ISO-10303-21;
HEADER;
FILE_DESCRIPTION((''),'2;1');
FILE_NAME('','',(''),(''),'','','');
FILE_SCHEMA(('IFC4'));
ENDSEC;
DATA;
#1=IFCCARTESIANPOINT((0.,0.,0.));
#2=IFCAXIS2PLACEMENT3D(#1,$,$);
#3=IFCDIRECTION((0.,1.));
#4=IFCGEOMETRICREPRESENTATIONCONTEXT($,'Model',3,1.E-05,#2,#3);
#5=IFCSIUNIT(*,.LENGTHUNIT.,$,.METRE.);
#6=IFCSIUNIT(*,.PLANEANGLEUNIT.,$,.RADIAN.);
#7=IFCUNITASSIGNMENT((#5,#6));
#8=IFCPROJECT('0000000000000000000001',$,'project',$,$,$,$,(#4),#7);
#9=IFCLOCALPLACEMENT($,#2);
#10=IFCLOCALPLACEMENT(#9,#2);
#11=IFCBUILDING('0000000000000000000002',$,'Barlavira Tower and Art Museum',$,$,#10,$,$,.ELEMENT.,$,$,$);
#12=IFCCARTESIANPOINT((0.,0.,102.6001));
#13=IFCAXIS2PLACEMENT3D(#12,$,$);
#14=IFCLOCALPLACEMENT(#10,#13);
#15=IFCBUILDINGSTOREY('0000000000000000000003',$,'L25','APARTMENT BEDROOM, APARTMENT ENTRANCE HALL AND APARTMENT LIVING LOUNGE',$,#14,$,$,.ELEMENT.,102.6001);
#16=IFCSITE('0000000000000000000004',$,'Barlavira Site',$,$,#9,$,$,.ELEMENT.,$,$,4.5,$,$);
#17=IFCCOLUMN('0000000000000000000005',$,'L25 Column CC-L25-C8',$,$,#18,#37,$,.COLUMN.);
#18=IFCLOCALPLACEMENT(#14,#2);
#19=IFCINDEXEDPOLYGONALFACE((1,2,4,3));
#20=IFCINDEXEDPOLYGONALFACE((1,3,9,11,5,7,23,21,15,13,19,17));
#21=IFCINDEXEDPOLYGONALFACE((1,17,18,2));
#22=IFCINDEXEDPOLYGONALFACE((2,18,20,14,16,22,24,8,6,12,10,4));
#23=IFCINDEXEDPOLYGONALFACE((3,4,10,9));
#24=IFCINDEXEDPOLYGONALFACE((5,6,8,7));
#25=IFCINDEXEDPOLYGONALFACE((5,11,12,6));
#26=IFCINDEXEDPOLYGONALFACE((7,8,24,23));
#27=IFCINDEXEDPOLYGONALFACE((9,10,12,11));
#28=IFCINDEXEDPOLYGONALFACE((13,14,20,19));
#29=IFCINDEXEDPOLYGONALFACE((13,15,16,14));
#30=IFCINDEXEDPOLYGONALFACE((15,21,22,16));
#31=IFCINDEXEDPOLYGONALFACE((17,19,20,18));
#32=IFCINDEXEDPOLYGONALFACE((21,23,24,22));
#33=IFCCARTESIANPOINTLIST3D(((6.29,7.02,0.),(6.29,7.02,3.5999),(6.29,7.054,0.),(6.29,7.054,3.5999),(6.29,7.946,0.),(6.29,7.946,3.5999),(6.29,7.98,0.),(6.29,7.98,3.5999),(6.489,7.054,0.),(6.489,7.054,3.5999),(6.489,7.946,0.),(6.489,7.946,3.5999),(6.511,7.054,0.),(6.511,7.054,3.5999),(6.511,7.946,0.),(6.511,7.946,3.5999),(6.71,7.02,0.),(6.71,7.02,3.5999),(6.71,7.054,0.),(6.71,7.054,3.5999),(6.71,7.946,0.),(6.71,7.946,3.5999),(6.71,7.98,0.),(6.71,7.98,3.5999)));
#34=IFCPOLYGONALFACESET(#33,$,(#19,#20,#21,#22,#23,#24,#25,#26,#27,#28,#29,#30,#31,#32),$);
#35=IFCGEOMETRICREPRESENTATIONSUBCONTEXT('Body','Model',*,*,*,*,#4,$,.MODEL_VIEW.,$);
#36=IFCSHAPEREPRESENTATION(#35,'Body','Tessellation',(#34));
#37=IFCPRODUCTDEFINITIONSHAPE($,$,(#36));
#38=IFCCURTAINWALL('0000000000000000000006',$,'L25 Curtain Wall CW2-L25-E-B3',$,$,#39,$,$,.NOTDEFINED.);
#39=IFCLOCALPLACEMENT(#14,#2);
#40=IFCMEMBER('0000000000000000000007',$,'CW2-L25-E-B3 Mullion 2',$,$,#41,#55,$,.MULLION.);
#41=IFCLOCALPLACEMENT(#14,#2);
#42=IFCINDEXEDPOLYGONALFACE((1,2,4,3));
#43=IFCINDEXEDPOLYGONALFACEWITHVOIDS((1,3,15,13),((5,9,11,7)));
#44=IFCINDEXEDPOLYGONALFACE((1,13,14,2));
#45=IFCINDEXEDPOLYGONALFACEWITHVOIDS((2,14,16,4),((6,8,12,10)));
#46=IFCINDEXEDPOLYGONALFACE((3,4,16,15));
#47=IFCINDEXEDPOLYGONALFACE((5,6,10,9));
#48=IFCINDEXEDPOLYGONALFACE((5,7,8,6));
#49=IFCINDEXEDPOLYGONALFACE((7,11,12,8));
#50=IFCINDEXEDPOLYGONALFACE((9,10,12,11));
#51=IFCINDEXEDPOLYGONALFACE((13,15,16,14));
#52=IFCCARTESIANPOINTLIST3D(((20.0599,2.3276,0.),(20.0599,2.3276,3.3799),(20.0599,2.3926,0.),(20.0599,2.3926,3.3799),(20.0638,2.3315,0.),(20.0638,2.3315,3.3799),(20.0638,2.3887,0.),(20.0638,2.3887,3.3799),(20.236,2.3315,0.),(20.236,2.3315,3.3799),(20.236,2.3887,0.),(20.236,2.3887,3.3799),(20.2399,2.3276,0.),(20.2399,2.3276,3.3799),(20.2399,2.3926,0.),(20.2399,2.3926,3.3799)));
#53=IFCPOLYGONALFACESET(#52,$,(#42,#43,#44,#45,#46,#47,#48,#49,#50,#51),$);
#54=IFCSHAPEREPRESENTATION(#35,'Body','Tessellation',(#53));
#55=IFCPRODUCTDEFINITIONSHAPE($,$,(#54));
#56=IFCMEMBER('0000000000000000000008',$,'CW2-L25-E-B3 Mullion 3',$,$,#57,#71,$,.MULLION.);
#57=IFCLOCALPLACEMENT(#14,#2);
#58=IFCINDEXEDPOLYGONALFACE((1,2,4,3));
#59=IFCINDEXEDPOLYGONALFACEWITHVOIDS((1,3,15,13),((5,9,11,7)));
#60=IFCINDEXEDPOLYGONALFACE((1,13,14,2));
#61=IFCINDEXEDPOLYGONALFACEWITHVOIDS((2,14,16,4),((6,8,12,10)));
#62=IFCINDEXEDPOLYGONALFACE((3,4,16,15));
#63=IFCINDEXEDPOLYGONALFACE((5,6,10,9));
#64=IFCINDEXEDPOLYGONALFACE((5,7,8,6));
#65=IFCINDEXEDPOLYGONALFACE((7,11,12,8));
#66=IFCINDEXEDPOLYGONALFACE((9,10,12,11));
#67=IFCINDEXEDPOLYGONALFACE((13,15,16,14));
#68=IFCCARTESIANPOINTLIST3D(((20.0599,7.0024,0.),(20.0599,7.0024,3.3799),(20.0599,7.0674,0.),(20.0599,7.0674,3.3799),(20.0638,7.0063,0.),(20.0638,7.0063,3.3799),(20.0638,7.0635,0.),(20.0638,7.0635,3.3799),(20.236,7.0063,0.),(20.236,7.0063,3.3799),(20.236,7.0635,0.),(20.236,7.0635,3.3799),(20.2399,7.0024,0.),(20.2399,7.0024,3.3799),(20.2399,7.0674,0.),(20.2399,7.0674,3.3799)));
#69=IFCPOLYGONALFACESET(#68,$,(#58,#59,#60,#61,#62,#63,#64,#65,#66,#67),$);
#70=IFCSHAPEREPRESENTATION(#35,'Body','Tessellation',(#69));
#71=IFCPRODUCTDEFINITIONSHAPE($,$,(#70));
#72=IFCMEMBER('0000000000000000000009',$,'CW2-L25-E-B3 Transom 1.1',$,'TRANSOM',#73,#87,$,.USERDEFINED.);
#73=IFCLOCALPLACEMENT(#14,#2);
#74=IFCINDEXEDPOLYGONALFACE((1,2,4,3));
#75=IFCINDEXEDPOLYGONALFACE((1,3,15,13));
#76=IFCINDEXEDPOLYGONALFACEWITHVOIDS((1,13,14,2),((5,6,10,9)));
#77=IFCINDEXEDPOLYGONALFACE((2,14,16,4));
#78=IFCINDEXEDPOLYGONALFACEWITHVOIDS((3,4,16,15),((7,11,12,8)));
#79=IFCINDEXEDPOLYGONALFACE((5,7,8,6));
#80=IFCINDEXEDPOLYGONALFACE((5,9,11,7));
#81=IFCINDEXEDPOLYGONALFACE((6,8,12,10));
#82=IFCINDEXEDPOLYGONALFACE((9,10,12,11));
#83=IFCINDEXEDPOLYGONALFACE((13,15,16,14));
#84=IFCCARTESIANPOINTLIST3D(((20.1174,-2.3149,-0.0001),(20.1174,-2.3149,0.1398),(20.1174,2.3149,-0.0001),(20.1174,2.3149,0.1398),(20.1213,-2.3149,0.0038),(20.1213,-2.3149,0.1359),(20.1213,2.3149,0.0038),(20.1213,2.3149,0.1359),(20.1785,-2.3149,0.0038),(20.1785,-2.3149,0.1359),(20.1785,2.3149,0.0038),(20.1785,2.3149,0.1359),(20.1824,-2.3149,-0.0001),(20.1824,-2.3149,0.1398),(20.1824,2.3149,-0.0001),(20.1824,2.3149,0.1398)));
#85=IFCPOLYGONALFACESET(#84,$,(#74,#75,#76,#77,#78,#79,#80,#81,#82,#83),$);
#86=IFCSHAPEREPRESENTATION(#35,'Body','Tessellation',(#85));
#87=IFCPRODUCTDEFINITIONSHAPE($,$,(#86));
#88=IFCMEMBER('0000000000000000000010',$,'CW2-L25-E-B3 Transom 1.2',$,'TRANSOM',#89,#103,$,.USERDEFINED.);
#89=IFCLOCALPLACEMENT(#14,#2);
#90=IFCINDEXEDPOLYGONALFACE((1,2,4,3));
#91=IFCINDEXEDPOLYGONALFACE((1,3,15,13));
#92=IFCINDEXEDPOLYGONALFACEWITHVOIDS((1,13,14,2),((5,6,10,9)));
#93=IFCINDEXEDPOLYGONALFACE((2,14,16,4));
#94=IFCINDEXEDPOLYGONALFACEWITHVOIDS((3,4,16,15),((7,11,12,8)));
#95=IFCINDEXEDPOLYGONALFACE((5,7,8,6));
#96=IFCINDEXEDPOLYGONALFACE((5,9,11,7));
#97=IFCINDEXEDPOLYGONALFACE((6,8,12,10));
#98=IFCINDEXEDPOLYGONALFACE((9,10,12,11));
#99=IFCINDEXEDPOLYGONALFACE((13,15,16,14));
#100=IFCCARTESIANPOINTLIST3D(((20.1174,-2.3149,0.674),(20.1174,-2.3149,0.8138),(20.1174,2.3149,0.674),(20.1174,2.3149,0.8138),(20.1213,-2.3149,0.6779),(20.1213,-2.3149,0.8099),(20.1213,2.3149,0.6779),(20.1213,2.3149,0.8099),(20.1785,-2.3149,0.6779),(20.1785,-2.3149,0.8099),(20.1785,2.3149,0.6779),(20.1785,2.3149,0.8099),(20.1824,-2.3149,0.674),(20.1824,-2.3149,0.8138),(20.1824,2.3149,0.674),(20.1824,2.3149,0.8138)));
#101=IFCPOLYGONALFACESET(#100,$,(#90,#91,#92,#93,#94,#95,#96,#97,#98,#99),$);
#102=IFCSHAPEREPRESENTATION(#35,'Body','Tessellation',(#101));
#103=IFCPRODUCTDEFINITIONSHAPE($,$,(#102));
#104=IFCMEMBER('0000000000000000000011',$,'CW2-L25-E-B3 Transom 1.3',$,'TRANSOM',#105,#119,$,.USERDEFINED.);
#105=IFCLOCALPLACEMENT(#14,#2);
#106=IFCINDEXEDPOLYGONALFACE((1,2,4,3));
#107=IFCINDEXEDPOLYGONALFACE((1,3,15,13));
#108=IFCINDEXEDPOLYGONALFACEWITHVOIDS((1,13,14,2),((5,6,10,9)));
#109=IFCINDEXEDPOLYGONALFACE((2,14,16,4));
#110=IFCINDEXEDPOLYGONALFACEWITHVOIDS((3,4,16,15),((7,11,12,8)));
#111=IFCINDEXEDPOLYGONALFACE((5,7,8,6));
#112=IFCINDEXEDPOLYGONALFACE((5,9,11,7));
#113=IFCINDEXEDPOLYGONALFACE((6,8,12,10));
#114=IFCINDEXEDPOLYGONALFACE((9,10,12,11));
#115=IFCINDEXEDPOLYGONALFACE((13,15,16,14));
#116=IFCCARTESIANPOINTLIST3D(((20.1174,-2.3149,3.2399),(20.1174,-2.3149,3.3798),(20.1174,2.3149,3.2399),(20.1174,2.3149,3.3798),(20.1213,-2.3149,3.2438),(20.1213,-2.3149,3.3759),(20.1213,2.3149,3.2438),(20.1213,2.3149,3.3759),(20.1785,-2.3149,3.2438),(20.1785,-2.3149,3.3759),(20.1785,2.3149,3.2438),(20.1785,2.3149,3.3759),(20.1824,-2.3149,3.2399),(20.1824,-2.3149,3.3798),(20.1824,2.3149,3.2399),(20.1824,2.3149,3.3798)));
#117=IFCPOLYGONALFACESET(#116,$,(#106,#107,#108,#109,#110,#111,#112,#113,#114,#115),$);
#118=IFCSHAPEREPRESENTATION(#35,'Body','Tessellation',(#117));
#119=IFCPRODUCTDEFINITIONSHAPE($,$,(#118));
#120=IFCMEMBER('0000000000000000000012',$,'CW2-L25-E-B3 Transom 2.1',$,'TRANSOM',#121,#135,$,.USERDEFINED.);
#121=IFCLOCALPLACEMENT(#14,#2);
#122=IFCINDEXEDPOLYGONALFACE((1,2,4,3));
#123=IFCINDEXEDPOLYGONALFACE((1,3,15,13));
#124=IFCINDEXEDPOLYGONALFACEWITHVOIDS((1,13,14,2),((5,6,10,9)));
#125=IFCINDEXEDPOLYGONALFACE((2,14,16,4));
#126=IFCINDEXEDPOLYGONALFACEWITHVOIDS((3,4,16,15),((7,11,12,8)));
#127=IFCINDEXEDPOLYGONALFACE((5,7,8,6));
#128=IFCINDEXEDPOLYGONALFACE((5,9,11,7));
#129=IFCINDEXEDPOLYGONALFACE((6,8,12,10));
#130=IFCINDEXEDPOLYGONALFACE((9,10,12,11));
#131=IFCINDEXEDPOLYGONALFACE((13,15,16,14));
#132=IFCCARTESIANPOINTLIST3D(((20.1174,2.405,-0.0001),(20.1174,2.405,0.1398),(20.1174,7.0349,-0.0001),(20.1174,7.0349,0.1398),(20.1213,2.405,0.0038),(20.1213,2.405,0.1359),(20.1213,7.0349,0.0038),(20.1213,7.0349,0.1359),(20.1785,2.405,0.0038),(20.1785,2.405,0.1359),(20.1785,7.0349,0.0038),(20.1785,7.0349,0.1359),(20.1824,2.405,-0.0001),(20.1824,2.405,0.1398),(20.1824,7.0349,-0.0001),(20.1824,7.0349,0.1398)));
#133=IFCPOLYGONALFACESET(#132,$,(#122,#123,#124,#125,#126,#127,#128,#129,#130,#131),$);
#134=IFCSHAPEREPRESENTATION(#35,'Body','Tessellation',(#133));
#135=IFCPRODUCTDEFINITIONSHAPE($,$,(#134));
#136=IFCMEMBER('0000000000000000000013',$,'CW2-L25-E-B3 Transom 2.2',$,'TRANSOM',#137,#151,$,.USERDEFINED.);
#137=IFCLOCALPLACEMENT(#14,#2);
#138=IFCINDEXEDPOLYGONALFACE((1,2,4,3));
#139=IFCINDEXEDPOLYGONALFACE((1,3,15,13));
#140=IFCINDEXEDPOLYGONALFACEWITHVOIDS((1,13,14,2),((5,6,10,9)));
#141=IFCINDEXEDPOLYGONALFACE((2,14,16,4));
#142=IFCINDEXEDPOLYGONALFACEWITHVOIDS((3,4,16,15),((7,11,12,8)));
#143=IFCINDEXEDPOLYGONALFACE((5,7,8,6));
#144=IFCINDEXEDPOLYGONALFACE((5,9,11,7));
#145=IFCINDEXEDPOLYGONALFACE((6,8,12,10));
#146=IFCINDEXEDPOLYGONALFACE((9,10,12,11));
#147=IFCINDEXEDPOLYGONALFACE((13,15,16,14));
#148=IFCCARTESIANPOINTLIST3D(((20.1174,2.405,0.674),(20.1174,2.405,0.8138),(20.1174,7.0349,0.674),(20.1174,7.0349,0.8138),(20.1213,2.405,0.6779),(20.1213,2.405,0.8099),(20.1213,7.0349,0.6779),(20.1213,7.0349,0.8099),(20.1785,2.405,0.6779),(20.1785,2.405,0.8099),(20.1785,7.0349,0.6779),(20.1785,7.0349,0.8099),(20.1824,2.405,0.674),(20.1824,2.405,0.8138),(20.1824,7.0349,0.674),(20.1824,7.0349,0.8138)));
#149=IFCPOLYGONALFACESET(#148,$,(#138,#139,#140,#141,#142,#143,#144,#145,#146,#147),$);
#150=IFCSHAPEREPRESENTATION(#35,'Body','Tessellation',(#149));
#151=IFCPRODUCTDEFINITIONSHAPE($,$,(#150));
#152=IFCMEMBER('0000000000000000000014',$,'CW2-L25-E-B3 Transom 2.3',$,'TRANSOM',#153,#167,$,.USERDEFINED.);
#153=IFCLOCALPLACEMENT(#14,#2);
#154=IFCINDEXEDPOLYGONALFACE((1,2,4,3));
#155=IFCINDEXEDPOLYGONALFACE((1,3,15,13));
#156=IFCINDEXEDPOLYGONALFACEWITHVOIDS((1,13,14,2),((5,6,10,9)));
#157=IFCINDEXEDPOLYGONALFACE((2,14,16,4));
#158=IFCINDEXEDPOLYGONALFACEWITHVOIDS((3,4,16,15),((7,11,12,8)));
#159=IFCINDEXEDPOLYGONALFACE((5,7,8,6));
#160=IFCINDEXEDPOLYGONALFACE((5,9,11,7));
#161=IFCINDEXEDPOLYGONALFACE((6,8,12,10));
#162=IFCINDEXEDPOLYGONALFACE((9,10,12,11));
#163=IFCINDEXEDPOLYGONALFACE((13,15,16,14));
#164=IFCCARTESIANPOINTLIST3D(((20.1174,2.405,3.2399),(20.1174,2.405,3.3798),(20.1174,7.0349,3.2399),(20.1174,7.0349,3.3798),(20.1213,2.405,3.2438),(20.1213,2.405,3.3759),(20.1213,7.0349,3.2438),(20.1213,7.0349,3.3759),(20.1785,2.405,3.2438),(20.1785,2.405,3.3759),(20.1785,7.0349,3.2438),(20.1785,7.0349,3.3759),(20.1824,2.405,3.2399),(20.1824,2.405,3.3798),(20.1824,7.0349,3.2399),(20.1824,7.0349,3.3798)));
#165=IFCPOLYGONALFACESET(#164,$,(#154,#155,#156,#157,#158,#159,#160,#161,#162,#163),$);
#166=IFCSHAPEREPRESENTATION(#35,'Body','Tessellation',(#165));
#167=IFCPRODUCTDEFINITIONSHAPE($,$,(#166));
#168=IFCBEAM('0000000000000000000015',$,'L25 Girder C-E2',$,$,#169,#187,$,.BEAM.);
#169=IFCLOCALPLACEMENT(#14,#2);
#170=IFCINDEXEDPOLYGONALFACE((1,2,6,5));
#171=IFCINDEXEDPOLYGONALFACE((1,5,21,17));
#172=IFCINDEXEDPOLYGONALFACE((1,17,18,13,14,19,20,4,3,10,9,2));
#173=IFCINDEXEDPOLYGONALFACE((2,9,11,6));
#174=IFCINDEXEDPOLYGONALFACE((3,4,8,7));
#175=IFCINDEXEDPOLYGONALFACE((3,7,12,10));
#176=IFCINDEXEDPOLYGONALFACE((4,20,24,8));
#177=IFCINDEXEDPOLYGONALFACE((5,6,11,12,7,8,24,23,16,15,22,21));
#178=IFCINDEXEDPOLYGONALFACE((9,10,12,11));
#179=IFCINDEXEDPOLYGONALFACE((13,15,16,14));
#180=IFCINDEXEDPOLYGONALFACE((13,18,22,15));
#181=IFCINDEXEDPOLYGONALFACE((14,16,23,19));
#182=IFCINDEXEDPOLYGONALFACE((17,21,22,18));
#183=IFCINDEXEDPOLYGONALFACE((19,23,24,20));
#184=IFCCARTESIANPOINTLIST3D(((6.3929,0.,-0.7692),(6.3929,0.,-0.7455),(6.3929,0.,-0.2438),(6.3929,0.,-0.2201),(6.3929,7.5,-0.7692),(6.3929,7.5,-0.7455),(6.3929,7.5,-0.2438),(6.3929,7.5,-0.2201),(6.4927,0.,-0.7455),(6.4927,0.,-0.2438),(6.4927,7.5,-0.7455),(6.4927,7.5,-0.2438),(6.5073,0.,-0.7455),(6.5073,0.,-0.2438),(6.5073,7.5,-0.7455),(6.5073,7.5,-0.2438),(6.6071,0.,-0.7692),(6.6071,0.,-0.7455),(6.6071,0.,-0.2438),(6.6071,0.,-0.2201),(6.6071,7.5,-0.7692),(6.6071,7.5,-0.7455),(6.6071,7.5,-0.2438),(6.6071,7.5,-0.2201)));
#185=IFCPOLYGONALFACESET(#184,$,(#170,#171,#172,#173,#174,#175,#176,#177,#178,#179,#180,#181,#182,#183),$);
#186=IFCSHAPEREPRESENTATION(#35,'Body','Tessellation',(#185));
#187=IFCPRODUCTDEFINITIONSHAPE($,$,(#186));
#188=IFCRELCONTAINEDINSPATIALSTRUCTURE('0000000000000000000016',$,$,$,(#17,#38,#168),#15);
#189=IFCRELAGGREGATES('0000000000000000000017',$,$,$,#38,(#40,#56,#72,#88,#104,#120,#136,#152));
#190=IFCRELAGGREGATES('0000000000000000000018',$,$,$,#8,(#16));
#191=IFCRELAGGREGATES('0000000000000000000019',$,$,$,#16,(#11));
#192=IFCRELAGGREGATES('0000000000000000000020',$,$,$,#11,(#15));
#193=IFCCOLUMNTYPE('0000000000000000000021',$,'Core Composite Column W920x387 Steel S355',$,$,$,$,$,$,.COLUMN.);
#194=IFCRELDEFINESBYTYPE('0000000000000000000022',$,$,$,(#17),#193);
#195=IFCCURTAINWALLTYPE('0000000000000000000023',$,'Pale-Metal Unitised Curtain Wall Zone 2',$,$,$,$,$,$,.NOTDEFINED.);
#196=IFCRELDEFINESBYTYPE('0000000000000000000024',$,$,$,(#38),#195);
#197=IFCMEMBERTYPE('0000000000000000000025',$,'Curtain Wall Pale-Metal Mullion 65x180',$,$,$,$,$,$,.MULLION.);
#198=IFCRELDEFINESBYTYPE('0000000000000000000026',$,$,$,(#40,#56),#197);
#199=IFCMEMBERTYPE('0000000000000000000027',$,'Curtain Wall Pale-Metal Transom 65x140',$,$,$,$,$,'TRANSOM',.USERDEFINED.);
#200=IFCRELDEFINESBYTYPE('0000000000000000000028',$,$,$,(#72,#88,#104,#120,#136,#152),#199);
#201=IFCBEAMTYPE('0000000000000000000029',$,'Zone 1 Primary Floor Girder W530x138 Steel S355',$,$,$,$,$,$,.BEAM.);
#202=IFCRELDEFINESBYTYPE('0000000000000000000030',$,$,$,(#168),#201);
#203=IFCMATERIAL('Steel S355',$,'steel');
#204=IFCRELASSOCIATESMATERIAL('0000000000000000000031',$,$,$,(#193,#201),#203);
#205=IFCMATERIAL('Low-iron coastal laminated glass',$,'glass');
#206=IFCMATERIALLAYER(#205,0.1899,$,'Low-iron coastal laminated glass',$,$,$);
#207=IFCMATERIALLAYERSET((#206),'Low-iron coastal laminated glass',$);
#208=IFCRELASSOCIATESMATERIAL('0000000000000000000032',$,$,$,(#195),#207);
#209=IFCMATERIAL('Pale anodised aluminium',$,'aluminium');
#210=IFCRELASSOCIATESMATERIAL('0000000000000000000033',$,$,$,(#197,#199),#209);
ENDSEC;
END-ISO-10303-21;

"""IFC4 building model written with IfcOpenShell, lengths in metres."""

from ifc_helpers import new_model, si_unit, direction, frame, origin, origin_2d, place, context, subcontext, project, spatial, hollow_rectangle, i_section, extrude, material, layer, layer_set, material_profile, profile_set, type_object, element, aggregate, save


model = new_model("IFC4")

# Units and contexts
model_context = context("Model", 3, precision=1e-05, world=origin(), true_north=direction((0.0, 1.0)))
body_context = subcontext(model_context, "Body", "Model", "MODEL_VIEW")
ifc_project = project(units=[si_unit("LENGTHUNIT", "METRE"), si_unit("PLANEANGLEUNIT", "RADIAN")], contexts=[model_context])

# Site, building, storey
site_placement = place(None, origin())
site = spatial("IfcSite", under=ifc_project, at=site_placement, Name="Barlavira Site", CompositionType="ELEMENT", RefElevation=4.5)
building_placement = place(site_placement, origin())
building = spatial("IfcBuilding", under=site, at=building_placement, Name="Barlavira Tower and Art Museum", CompositionType="ELEMENT")
storey_placement = place(building_placement, frame((0.0, 0.0, 102.6001)))
storey = spatial("IfcBuildingStorey", under=building, at=storey_placement, Name="L25", Description="APARTMENT BEDROOM, APARTMENT ENTRANCE HALL AND APARTMENT LIVING LOUNGE", CompositionType="ELEMENT", Elevation=102.6001)

# Column
ifc_material_1 = material(Name="Steel S355", Category="steel")
ifc_material_profile_1 = material_profile(ifc_material_1, i_section(OverallWidth=0.4199, OverallDepth=0.96, WebThickness=0.022, FlangeThickness=0.0339, at=origin_2d()), Name="W920x387.0")
ifc_profile_set_1 = profile_set([ifc_material_profile_1], Name="Steel S355")
column_type = type_object("IfcColumnType", Name="Core Composite Column W920x387 Steel S355", PredefinedType="COLUMN", material=ifc_profile_set_1)
column_placement = place(storey_placement, frame((6.5, 7.5, 0.0), z_axis=(0.0, 0.0, 1.0), x_axis=(1.0, 0.0, 0.0)))
element("IfcColumn", 1, at=column_placement, inside=storey, type_object=column_type, Name="L25 Column CC-L25-C8", PredefinedType="COLUMN", context=body_context, shape_type="SweptSolid", body=[
    extrude(i_section(OverallWidth=0.4199, OverallDepth=0.96, WebThickness=0.022, FlangeThickness=0.0339, at=origin_2d()), origin(), (0.0, 0.0, 1.0), 3.5999),
])

# Curtain wall, members
ifc_material_2 = material(Name="Low-iron coastal laminated glass", Category="glass")
ifc_layer_1 = layer(ifc_material_2, 0.1899, Name="Low-iron coastal laminated glass")
ifc_layer_set_1 = layer_set([ifc_layer_1], Name="Low-iron coastal laminated glass")
curtain_wall_type = type_object("IfcCurtainWallType", Name="Pale-Metal Unitised Curtain Wall Zone 2", PredefinedType="NOTDEFINED", material=ifc_layer_set_1)
curtain_wall_placement = place(storey_placement, origin())
curtain_wall = element("IfcCurtainWall", 2, at=curtain_wall_placement, inside=storey, type_object=curtain_wall_type, Name="L25 Curtain Wall CW2-L25-E-B3", PredefinedType="NOTDEFINED")
ifc_material_3 = material(Name="Pale anodised aluminium", Category="aluminium")
ifc_material_profile_2 = material_profile(ifc_material_3, hollow_rectangle(XDim=0.0649, YDim=0.1799, WallThickness=0.0039, at=origin_2d()), Name="ALU-MULL 65x180x4")
ifc_profile_set_2 = profile_set([ifc_material_profile_2], Name="Pale anodised aluminium")
member_type_1 = type_object("IfcMemberType", Name="Curtain Wall Pale-Metal Mullion 65x180", PredefinedType="MULLION", material=ifc_profile_set_2)
member_1_placement = place(storey_placement, frame((20.1499, 2.3601, 0.0), z_axis=(0.0, 0.0, 1.0), x_axis=(0.0, 1.0, 0.0)))
member_1 = element("IfcMember", 3, at=member_1_placement, type_object=member_type_1, Name="CW2-L25-E-B3 Mullion 2", PredefinedType="MULLION", context=body_context, shape_type="SweptSolid", body=[
    extrude(hollow_rectangle(XDim=0.0649, YDim=0.1799, WallThickness=0.0039, at=origin_2d()), origin(), (0.0, 0.0, 1.0), 3.3799),
])
member_2_placement = place(storey_placement, frame((20.1499, 7.0349, 0.0), z_axis=(0.0, 0.0, 1.0), x_axis=(0.0, 1.0, 0.0)))
member_2 = element("IfcMember", 4, at=member_2_placement, type_object=member_type_1, Name="CW2-L25-E-B3 Mullion 3", PredefinedType="MULLION", context=body_context, shape_type="SweptSolid", body=[
    extrude(hollow_rectangle(XDim=0.0649, YDim=0.1799, WallThickness=0.0039, at=origin_2d()), origin(), (0.0, 0.0, 1.0), 3.3799),
])
ifc_material_profile_3 = material_profile(ifc_material_3, hollow_rectangle(XDim=0.0649, YDim=0.1399, WallThickness=0.0039, at=origin_2d()), Name="ALU-TRAN 65x140x4")
ifc_profile_set_3 = profile_set([ifc_material_profile_3], Name="Pale anodised aluminium")
member_type_2 = type_object("IfcMemberType", Name="Curtain Wall Pale-Metal Transom 65x140", ElementType="TRANSOM", PredefinedType="USERDEFINED", material=ifc_profile_set_3)
member_3_placement = place(storey_placement, frame((20.1499, -2.3149, 0.0698), z_axis=(0.0, 1.0, 0.0), x_axis=(-1.0, 0.0, 0.0)))
member_3 = element("IfcMember", 5, at=member_3_placement, type_object=member_type_2, Name="CW2-L25-E-B3 Transom 1.1", ObjectType="TRANSOM", PredefinedType="USERDEFINED", context=body_context, shape_type="SweptSolid", body=[
    extrude(hollow_rectangle(XDim=0.0649, YDim=0.1399, WallThickness=0.0039, at=origin_2d()), origin(), (0.0, 0.0, 1.0), 4.6299),
])
member_4_placement = place(storey_placement, frame((20.1499, -2.3149, 0.7439), z_axis=(0.0, 1.0, 0.0), x_axis=(-1.0, 0.0, 0.0)))
member_4 = element("IfcMember", 6, at=member_4_placement, type_object=member_type_2, Name="CW2-L25-E-B3 Transom 1.2", ObjectType="TRANSOM", PredefinedType="USERDEFINED", context=body_context, shape_type="SweptSolid", body=[
    extrude(hollow_rectangle(XDim=0.0649, YDim=0.1399, WallThickness=0.0039, at=origin_2d()), origin(), (0.0, 0.0, 1.0), 4.6299),
])
member_5_placement = place(storey_placement, frame((20.1499, -2.3149, 3.3098), z_axis=(0.0, 1.0, 0.0), x_axis=(-1.0, 0.0, 0.0)))
member_5 = element("IfcMember", 7, at=member_5_placement, type_object=member_type_2, Name="CW2-L25-E-B3 Transom 1.3", ObjectType="TRANSOM", PredefinedType="USERDEFINED", context=body_context, shape_type="SweptSolid", body=[
    extrude(hollow_rectangle(XDim=0.0649, YDim=0.1399, WallThickness=0.0039, at=origin_2d()), origin(), (0.0, 0.0, 1.0), 4.6299),
])
member_6_placement = place(storey_placement, frame((20.1499, 2.405, 0.0698), z_axis=(0.0, 1.0, 0.0), x_axis=(-1.0, 0.0, 0.0)))
member_6 = element("IfcMember", 8, at=member_6_placement, type_object=member_type_2, Name="CW2-L25-E-B3 Transom 2.1", ObjectType="TRANSOM", PredefinedType="USERDEFINED", context=body_context, shape_type="SweptSolid", body=[
    extrude(hollow_rectangle(XDim=0.0649, YDim=0.1399, WallThickness=0.0039, at=origin_2d()), origin(), (0.0, 0.0, 1.0), 4.6299),
])
member_7_placement = place(storey_placement, frame((20.1499, 2.405, 0.7439), z_axis=(0.0, 1.0, 0.0), x_axis=(-1.0, 0.0, 0.0)))
member_7 = element("IfcMember", 9, at=member_7_placement, type_object=member_type_2, Name="CW2-L25-E-B3 Transom 2.2", ObjectType="TRANSOM", PredefinedType="USERDEFINED", context=body_context, shape_type="SweptSolid", body=[
    extrude(hollow_rectangle(XDim=0.0649, YDim=0.1399, WallThickness=0.0039, at=origin_2d()), origin(), (0.0, 0.0, 1.0), 4.6299),
])
member_8_placement = place(storey_placement, frame((20.1499, 2.405, 3.3098), z_axis=(0.0, 1.0, 0.0), x_axis=(-1.0, 0.0, 0.0)))
member_8 = element("IfcMember", 10, at=member_8_placement, type_object=member_type_2, Name="CW2-L25-E-B3 Transom 2.3", ObjectType="TRANSOM", PredefinedType="USERDEFINED", context=body_context, shape_type="SweptSolid", body=[
    extrude(hollow_rectangle(XDim=0.0649, YDim=0.1399, WallThickness=0.0039, at=origin_2d()), origin(), (0.0, 0.0, 1.0), 4.6299),
])

# Beam
ifc_material_profile_4 = material_profile(ifc_material_1, i_section(OverallWidth=0.2141, OverallDepth=0.5491, WebThickness=0.0146, FlangeThickness=0.0237, at=origin_2d()), Name="W530x138.0")
ifc_profile_set_4 = profile_set([ifc_material_profile_4], Name="Steel S355")
beam_type = type_object("IfcBeamType", Name="Zone 1 Primary Floor Girder W530x138 Steel S355", PredefinedType="BEAM", material=ifc_profile_set_4)
beam_1_placement = place(storey_placement, frame((6.5, 0.0, -0.4946), z_axis=(0.0, 1.0, 0.0), x_axis=(-1.0, 0.0, 0.0)))
element("IfcBeam", 11, at=beam_1_placement, inside=storey, type_object=beam_type, Name="L25 Girder C-E2", PredefinedType="BEAM", context=body_context, shape_type="SweptSolid", body=[
    extrude(i_section(OverallWidth=0.2141, OverallDepth=0.5491, WebThickness=0.0146, FlangeThickness=0.0237, at=origin_2d()), origin(), (0.0, 0.0, 1.0), 7.5),
])

aggregate(curtain_wall, [member_1, member_2, member_3, member_4, member_5, member_6, member_7, member_8])

save(model, "model.ifc")
